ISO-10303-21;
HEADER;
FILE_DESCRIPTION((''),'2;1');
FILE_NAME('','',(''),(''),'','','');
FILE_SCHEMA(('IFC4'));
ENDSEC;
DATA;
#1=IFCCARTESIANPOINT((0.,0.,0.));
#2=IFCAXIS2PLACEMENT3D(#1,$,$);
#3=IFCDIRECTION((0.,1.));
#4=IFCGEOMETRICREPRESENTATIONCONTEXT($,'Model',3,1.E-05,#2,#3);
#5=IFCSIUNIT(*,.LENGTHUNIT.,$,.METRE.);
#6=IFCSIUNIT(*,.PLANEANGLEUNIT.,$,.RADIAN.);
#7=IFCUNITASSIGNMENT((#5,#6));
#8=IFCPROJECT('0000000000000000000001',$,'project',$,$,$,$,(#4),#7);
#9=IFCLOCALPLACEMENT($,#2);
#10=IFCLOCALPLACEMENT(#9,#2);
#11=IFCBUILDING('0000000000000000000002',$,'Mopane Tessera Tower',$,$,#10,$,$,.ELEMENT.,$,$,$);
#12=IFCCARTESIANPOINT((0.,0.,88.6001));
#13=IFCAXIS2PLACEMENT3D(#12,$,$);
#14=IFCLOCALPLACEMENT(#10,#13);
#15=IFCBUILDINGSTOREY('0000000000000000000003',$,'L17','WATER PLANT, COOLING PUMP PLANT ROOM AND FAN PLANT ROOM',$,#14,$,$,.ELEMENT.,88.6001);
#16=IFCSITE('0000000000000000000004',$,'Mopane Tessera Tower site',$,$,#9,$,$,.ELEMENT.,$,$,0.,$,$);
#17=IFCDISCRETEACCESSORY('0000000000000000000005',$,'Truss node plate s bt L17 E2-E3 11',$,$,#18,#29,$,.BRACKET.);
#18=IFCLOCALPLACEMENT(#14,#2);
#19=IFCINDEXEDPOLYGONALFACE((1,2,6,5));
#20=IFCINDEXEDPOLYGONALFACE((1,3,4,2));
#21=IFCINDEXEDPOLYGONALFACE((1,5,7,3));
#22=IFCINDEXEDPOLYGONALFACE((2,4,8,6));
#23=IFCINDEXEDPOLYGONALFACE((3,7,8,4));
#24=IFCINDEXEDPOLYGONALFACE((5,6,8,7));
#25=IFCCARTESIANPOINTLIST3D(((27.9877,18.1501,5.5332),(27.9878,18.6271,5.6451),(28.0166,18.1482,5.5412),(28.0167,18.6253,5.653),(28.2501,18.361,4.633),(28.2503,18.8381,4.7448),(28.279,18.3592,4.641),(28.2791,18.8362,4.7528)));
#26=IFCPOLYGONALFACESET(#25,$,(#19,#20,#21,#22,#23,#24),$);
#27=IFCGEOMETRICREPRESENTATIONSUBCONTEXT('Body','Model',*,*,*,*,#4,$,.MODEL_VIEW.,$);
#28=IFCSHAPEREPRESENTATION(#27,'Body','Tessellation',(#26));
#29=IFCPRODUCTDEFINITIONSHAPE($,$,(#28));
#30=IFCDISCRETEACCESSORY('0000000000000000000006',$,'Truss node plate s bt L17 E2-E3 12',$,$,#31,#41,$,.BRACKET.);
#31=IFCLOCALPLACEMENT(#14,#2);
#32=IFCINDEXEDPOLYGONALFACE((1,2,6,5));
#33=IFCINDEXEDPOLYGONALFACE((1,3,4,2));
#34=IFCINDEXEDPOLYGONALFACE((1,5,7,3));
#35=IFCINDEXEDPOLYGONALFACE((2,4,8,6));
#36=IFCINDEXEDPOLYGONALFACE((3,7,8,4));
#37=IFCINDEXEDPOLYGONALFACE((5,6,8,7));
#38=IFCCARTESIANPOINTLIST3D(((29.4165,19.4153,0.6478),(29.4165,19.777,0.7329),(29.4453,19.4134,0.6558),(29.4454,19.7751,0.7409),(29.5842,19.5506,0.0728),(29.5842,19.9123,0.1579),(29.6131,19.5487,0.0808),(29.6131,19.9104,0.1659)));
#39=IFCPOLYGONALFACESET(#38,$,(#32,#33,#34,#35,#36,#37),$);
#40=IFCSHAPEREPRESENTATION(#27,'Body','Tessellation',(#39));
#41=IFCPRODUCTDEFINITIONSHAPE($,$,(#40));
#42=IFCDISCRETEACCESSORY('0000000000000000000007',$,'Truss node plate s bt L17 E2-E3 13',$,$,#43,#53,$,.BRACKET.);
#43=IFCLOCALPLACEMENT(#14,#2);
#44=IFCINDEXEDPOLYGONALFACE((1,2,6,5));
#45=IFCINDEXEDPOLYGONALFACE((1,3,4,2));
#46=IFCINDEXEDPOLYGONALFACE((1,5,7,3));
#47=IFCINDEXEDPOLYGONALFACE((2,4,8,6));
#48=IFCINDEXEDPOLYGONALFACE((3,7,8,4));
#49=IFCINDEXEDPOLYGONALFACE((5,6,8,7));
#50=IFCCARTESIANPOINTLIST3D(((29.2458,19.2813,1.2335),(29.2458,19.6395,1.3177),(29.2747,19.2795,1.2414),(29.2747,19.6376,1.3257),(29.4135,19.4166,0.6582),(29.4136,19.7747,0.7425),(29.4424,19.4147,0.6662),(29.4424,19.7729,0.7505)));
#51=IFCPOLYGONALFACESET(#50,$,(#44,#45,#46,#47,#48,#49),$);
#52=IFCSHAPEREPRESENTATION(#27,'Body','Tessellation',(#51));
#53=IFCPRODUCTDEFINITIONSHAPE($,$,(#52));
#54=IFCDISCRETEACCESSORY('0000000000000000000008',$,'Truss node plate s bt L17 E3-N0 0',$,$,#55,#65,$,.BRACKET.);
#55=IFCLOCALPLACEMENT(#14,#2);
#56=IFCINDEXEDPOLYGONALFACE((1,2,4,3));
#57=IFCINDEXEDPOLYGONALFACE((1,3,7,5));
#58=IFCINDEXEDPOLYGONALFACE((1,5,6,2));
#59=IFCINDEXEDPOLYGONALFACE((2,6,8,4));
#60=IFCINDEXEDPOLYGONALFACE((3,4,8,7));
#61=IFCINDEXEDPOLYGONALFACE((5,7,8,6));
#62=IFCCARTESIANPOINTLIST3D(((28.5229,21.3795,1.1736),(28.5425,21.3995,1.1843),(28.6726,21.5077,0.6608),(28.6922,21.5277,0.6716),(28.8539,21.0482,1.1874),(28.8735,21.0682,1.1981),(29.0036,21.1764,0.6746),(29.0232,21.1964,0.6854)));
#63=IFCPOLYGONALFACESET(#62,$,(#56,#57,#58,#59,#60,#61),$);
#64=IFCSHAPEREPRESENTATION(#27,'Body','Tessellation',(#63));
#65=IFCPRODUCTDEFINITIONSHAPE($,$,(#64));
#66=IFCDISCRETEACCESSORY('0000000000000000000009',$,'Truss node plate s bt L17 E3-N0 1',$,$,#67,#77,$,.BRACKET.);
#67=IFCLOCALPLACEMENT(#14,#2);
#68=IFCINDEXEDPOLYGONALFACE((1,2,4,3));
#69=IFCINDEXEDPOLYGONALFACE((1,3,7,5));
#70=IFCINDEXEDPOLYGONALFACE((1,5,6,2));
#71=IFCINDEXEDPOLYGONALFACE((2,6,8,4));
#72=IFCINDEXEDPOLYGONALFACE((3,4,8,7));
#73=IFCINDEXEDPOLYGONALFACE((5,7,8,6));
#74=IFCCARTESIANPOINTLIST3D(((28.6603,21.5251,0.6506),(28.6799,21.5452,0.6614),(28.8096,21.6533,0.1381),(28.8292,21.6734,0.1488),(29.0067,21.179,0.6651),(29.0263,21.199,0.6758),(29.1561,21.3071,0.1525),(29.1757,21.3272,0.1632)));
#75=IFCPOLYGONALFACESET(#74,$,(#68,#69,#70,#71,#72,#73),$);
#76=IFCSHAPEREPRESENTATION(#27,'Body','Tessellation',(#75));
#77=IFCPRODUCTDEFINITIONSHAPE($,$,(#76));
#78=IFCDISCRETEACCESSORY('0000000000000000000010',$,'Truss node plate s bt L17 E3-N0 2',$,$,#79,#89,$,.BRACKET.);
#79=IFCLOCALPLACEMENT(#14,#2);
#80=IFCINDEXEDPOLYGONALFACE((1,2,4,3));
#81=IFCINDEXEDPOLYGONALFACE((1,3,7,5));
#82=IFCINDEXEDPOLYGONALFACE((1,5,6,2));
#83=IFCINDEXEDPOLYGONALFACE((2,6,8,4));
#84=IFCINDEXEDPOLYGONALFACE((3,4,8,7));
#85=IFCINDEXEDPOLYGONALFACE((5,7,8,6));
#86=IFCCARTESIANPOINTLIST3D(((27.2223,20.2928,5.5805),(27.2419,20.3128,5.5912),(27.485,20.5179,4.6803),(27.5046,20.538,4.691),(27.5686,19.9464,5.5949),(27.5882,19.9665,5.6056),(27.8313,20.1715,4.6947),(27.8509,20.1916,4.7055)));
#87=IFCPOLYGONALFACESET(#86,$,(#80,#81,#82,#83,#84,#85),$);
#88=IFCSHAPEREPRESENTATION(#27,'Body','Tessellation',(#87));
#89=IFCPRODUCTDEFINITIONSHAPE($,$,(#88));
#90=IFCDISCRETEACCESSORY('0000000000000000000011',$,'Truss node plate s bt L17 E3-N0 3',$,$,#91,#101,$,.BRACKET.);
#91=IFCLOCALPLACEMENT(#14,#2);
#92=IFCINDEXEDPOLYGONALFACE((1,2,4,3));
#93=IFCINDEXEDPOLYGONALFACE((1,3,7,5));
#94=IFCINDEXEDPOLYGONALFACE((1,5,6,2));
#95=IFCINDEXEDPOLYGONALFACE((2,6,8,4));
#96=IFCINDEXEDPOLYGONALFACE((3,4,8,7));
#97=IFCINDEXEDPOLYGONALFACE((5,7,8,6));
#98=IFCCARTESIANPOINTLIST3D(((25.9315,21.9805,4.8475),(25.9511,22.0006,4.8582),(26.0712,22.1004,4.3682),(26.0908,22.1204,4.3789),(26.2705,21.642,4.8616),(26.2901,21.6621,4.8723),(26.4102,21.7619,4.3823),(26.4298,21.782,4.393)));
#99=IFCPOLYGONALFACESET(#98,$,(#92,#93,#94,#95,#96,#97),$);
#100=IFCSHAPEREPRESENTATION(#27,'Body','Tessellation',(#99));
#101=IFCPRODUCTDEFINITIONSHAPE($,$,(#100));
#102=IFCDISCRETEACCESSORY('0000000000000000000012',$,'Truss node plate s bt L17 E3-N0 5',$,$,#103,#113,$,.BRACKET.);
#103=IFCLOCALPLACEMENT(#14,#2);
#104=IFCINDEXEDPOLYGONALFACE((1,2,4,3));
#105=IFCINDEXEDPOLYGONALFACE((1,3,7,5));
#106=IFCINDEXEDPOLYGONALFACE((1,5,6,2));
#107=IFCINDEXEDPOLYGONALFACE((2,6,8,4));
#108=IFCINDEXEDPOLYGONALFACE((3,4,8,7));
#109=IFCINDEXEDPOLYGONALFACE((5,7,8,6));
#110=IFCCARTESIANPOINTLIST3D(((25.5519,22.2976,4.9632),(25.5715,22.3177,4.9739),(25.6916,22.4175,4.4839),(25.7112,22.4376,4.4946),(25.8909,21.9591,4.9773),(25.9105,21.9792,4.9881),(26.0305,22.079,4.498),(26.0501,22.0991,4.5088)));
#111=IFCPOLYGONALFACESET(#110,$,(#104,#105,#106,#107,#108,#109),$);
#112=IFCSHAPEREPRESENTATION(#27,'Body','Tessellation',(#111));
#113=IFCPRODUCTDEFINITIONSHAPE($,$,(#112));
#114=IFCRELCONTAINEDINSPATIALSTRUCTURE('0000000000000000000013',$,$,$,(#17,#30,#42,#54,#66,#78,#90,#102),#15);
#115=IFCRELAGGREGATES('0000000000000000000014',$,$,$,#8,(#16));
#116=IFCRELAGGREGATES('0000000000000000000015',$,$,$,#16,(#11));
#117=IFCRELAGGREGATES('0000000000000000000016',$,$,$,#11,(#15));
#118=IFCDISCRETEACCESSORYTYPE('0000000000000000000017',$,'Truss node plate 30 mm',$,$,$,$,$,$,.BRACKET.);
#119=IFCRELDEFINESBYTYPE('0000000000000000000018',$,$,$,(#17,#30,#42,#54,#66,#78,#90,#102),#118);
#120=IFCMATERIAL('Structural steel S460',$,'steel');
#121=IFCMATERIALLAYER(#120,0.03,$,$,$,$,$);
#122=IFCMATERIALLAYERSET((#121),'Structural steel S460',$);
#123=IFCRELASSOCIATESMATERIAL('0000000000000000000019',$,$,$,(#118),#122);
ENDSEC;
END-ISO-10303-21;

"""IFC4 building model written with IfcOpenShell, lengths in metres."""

from ifc_helpers import new_model, si_unit, direction, frame, origin, origin_2d, place, context, subcontext, project, spatial, rectangle, extrude, material, layer, layer_set, type_object, element, save


model = new_model("IFC4")

# Units and contexts
model_context = context("Model", 3, precision=1e-05, world=origin(), true_north=direction((0.0, 1.0)))
body_context = subcontext(model_context, "Body", "Model", "MODEL_VIEW")
ifc_project = project(units=[si_unit("LENGTHUNIT", "METRE"), si_unit("PLANEANGLEUNIT", "RADIAN")], contexts=[model_context])

# Site, building, storey
site_placement = place(None, origin())
site = spatial("IfcSite", under=ifc_project, at=site_placement, Name="Mopane Tessera Tower site", CompositionType="ELEMENT", RefElevation=0.0)
building_placement = place(site_placement, origin())
building = spatial("IfcBuilding", under=site, at=building_placement, Name="Mopane Tessera Tower", CompositionType="ELEMENT")
storey_placement = place(building_placement, frame((0.0, 0.0, 88.6001)))
storey = spatial("IfcBuildingStorey", under=building, at=storey_placement, Name="L17", Description="WATER PLANT, COOLING PUMP PLANT ROOM AND FAN PLANT ROOM", CompositionType="ELEMENT", Elevation=88.6001)

# Discrete accessories
ifc_material_1 = material(Name="Structural steel S460", Category="steel")
ifc_layer_1 = layer(ifc_material_1, 0.03)
ifc_layer_set_1 = layer_set([ifc_layer_1], Name="Structural steel S460")
discrete_accessory_type_1 = type_object("IfcDiscreteAccessoryType", Name="Truss node plate 30 mm", PredefinedType="BRACKET", material=ifc_layer_set_1)
discrete_accessory_1_placement = place(storey_placement, frame((28.2646, 18.5986, 4.6929), z_axis=(-0.273085, -0.219484, 0.936617), x_axis=(-0.96199, 0.062533, -0.265829)))
element("IfcDiscreteAccessory", 1, at=discrete_accessory_1_placement, inside=storey, type_object=discrete_accessory_type_1, Name="Truss node plate s bt L17 E2-E3 11", PredefinedType="BRACKET", context=body_context, shape_type="SweptSolid", body=[
    extrude(rectangle(XDim=0.03, YDim=0.49, at=origin_2d()), origin(), (0.0, 0.0, 1.0), 0.9612),
])
discrete_accessory_2_placement = place(storey_placement, frame((29.5986, 19.7305, 0.1194), z_axis=(-0.273168, -0.220284, 0.936405), x_axis=(-0.961966, 0.062588, -0.265901)))
element("IfcDiscreteAccessory", 2, at=discrete_accessory_2_placement, inside=storey, type_object=discrete_accessory_type_1, Name="Truss node plate s bt L17 E2-E3 12", PredefinedType="BRACKET", context=body_context, shape_type="SweptSolid", body=[
    extrude(rectangle(XDim=0.03, YDim=0.3716, at=origin_2d()), origin(), (0.0, 0.0, 1.0), 0.614),
])
discrete_accessory_3_placement = place(storey_placement, frame((29.428, 19.5947, 0.7043), z_axis=(-0.273066, -0.220202, 0.936454), x_axis=(-0.961995, 0.062612, -0.265791)))
element("IfcDiscreteAccessory", 3, at=discrete_accessory_3_placement, inside=storey, type_object=discrete_accessory_type_1, Name="Truss node plate s bt L17 E2-E3 13", PredefinedType="BRACKET", context=body_context, shape_type="SweptSolid", body=[
    extrude(rectangle(XDim=0.03, YDim=0.3679, at=origin_2d()), origin(), (0.0, 0.0, 1.0), 0.6143),
])
discrete_accessory_4_placement = place(storey_placement, frame((28.8479, 21.3521, 0.6731), z_axis=(-0.272474, -0.233359, 0.933435), x_axis=(-0.653146, -0.66751, -0.357534)))
element("IfcDiscreteAccessory", 4, at=discrete_accessory_4_placement, inside=storey, type_object=discrete_accessory_type_1, Name="Truss node plate s bt L17 E3-N0 0", PredefinedType="BRACKET", context=body_context, shape_type="SweptSolid", body=[
    extrude(rectangle(XDim=0.03, YDim=0.4685, at=origin_2d()), origin(), (0.0, 0.0, 1.0), 0.5493),
])
discrete_accessory_5_placement = place(storey_placement, frame((28.9927, 21.4902, 0.1506), z_axis=(-0.272063, -0.233387, 0.933548), x_axis=(-0.652692, -0.66811, -0.357241)))
element("IfcDiscreteAccessory", 5, at=discrete_accessory_5_placement, inside=storey, type_object=discrete_accessory_type_1, Name="Truss node plate s bt L17 E3-N0 1", PredefinedType="BRACKET", context=body_context, shape_type="SweptSolid", body=[
    extrude(rectangle(XDim=0.03, YDim=0.49, at=origin_2d()), origin(), (0.0, 0.0, 1.0), 0.5491),
])
discrete_accessory_6_placement = place(storey_placement, frame((27.668, 20.3547, 4.6929), z_axis=(-0.272411, -0.233423, 0.933438), x_axis=(-0.652981, -0.667675, -0.357527)))
element("IfcDiscreteAccessory", 6, at=discrete_accessory_6_placement, inside=storey, type_object=discrete_accessory_type_1, Name="Truss node plate s bt L17 E3-N0 2", PredefinedType="BRACKET", context=body_context, shape_type="SweptSolid", body=[
    extrude(rectangle(XDim=0.03, YDim=0.49, at=origin_2d()), origin(), (0.0, 0.0, 1.0), 0.9644),
])
for number, where, z_axis, x_axis, name in (
    (7, (26.2505, 21.9412, 4.3806), (-0.272022, -0.233502, 0.933531), (-0.652469, -0.668306, -0.357285), "Truss node plate s bt L17 E3-N0 3"),
    (8, (25.8708, 22.2583, 4.4963), (-0.272022, -0.233502, 0.933531), (-0.652469, -0.668306, -0.357285), "Truss node plate s bt L17 E3-N0 5"),
):
    element("IfcDiscreteAccessory", number, at=place(storey_placement, frame(where, z_axis=z_axis, x_axis=x_axis)), inside=storey, type_object=discrete_accessory_type_1, Name=name, PredefinedType="BRACKET", context=body_context, shape_type="SweptSolid", body=[
        extrude(rectangle(XDim=0.03, YDim=0.4792, at=origin_2d()), origin(), (0.0, 0.0, 1.0), 0.5134),
    ])

save(model, "model.ifc")
